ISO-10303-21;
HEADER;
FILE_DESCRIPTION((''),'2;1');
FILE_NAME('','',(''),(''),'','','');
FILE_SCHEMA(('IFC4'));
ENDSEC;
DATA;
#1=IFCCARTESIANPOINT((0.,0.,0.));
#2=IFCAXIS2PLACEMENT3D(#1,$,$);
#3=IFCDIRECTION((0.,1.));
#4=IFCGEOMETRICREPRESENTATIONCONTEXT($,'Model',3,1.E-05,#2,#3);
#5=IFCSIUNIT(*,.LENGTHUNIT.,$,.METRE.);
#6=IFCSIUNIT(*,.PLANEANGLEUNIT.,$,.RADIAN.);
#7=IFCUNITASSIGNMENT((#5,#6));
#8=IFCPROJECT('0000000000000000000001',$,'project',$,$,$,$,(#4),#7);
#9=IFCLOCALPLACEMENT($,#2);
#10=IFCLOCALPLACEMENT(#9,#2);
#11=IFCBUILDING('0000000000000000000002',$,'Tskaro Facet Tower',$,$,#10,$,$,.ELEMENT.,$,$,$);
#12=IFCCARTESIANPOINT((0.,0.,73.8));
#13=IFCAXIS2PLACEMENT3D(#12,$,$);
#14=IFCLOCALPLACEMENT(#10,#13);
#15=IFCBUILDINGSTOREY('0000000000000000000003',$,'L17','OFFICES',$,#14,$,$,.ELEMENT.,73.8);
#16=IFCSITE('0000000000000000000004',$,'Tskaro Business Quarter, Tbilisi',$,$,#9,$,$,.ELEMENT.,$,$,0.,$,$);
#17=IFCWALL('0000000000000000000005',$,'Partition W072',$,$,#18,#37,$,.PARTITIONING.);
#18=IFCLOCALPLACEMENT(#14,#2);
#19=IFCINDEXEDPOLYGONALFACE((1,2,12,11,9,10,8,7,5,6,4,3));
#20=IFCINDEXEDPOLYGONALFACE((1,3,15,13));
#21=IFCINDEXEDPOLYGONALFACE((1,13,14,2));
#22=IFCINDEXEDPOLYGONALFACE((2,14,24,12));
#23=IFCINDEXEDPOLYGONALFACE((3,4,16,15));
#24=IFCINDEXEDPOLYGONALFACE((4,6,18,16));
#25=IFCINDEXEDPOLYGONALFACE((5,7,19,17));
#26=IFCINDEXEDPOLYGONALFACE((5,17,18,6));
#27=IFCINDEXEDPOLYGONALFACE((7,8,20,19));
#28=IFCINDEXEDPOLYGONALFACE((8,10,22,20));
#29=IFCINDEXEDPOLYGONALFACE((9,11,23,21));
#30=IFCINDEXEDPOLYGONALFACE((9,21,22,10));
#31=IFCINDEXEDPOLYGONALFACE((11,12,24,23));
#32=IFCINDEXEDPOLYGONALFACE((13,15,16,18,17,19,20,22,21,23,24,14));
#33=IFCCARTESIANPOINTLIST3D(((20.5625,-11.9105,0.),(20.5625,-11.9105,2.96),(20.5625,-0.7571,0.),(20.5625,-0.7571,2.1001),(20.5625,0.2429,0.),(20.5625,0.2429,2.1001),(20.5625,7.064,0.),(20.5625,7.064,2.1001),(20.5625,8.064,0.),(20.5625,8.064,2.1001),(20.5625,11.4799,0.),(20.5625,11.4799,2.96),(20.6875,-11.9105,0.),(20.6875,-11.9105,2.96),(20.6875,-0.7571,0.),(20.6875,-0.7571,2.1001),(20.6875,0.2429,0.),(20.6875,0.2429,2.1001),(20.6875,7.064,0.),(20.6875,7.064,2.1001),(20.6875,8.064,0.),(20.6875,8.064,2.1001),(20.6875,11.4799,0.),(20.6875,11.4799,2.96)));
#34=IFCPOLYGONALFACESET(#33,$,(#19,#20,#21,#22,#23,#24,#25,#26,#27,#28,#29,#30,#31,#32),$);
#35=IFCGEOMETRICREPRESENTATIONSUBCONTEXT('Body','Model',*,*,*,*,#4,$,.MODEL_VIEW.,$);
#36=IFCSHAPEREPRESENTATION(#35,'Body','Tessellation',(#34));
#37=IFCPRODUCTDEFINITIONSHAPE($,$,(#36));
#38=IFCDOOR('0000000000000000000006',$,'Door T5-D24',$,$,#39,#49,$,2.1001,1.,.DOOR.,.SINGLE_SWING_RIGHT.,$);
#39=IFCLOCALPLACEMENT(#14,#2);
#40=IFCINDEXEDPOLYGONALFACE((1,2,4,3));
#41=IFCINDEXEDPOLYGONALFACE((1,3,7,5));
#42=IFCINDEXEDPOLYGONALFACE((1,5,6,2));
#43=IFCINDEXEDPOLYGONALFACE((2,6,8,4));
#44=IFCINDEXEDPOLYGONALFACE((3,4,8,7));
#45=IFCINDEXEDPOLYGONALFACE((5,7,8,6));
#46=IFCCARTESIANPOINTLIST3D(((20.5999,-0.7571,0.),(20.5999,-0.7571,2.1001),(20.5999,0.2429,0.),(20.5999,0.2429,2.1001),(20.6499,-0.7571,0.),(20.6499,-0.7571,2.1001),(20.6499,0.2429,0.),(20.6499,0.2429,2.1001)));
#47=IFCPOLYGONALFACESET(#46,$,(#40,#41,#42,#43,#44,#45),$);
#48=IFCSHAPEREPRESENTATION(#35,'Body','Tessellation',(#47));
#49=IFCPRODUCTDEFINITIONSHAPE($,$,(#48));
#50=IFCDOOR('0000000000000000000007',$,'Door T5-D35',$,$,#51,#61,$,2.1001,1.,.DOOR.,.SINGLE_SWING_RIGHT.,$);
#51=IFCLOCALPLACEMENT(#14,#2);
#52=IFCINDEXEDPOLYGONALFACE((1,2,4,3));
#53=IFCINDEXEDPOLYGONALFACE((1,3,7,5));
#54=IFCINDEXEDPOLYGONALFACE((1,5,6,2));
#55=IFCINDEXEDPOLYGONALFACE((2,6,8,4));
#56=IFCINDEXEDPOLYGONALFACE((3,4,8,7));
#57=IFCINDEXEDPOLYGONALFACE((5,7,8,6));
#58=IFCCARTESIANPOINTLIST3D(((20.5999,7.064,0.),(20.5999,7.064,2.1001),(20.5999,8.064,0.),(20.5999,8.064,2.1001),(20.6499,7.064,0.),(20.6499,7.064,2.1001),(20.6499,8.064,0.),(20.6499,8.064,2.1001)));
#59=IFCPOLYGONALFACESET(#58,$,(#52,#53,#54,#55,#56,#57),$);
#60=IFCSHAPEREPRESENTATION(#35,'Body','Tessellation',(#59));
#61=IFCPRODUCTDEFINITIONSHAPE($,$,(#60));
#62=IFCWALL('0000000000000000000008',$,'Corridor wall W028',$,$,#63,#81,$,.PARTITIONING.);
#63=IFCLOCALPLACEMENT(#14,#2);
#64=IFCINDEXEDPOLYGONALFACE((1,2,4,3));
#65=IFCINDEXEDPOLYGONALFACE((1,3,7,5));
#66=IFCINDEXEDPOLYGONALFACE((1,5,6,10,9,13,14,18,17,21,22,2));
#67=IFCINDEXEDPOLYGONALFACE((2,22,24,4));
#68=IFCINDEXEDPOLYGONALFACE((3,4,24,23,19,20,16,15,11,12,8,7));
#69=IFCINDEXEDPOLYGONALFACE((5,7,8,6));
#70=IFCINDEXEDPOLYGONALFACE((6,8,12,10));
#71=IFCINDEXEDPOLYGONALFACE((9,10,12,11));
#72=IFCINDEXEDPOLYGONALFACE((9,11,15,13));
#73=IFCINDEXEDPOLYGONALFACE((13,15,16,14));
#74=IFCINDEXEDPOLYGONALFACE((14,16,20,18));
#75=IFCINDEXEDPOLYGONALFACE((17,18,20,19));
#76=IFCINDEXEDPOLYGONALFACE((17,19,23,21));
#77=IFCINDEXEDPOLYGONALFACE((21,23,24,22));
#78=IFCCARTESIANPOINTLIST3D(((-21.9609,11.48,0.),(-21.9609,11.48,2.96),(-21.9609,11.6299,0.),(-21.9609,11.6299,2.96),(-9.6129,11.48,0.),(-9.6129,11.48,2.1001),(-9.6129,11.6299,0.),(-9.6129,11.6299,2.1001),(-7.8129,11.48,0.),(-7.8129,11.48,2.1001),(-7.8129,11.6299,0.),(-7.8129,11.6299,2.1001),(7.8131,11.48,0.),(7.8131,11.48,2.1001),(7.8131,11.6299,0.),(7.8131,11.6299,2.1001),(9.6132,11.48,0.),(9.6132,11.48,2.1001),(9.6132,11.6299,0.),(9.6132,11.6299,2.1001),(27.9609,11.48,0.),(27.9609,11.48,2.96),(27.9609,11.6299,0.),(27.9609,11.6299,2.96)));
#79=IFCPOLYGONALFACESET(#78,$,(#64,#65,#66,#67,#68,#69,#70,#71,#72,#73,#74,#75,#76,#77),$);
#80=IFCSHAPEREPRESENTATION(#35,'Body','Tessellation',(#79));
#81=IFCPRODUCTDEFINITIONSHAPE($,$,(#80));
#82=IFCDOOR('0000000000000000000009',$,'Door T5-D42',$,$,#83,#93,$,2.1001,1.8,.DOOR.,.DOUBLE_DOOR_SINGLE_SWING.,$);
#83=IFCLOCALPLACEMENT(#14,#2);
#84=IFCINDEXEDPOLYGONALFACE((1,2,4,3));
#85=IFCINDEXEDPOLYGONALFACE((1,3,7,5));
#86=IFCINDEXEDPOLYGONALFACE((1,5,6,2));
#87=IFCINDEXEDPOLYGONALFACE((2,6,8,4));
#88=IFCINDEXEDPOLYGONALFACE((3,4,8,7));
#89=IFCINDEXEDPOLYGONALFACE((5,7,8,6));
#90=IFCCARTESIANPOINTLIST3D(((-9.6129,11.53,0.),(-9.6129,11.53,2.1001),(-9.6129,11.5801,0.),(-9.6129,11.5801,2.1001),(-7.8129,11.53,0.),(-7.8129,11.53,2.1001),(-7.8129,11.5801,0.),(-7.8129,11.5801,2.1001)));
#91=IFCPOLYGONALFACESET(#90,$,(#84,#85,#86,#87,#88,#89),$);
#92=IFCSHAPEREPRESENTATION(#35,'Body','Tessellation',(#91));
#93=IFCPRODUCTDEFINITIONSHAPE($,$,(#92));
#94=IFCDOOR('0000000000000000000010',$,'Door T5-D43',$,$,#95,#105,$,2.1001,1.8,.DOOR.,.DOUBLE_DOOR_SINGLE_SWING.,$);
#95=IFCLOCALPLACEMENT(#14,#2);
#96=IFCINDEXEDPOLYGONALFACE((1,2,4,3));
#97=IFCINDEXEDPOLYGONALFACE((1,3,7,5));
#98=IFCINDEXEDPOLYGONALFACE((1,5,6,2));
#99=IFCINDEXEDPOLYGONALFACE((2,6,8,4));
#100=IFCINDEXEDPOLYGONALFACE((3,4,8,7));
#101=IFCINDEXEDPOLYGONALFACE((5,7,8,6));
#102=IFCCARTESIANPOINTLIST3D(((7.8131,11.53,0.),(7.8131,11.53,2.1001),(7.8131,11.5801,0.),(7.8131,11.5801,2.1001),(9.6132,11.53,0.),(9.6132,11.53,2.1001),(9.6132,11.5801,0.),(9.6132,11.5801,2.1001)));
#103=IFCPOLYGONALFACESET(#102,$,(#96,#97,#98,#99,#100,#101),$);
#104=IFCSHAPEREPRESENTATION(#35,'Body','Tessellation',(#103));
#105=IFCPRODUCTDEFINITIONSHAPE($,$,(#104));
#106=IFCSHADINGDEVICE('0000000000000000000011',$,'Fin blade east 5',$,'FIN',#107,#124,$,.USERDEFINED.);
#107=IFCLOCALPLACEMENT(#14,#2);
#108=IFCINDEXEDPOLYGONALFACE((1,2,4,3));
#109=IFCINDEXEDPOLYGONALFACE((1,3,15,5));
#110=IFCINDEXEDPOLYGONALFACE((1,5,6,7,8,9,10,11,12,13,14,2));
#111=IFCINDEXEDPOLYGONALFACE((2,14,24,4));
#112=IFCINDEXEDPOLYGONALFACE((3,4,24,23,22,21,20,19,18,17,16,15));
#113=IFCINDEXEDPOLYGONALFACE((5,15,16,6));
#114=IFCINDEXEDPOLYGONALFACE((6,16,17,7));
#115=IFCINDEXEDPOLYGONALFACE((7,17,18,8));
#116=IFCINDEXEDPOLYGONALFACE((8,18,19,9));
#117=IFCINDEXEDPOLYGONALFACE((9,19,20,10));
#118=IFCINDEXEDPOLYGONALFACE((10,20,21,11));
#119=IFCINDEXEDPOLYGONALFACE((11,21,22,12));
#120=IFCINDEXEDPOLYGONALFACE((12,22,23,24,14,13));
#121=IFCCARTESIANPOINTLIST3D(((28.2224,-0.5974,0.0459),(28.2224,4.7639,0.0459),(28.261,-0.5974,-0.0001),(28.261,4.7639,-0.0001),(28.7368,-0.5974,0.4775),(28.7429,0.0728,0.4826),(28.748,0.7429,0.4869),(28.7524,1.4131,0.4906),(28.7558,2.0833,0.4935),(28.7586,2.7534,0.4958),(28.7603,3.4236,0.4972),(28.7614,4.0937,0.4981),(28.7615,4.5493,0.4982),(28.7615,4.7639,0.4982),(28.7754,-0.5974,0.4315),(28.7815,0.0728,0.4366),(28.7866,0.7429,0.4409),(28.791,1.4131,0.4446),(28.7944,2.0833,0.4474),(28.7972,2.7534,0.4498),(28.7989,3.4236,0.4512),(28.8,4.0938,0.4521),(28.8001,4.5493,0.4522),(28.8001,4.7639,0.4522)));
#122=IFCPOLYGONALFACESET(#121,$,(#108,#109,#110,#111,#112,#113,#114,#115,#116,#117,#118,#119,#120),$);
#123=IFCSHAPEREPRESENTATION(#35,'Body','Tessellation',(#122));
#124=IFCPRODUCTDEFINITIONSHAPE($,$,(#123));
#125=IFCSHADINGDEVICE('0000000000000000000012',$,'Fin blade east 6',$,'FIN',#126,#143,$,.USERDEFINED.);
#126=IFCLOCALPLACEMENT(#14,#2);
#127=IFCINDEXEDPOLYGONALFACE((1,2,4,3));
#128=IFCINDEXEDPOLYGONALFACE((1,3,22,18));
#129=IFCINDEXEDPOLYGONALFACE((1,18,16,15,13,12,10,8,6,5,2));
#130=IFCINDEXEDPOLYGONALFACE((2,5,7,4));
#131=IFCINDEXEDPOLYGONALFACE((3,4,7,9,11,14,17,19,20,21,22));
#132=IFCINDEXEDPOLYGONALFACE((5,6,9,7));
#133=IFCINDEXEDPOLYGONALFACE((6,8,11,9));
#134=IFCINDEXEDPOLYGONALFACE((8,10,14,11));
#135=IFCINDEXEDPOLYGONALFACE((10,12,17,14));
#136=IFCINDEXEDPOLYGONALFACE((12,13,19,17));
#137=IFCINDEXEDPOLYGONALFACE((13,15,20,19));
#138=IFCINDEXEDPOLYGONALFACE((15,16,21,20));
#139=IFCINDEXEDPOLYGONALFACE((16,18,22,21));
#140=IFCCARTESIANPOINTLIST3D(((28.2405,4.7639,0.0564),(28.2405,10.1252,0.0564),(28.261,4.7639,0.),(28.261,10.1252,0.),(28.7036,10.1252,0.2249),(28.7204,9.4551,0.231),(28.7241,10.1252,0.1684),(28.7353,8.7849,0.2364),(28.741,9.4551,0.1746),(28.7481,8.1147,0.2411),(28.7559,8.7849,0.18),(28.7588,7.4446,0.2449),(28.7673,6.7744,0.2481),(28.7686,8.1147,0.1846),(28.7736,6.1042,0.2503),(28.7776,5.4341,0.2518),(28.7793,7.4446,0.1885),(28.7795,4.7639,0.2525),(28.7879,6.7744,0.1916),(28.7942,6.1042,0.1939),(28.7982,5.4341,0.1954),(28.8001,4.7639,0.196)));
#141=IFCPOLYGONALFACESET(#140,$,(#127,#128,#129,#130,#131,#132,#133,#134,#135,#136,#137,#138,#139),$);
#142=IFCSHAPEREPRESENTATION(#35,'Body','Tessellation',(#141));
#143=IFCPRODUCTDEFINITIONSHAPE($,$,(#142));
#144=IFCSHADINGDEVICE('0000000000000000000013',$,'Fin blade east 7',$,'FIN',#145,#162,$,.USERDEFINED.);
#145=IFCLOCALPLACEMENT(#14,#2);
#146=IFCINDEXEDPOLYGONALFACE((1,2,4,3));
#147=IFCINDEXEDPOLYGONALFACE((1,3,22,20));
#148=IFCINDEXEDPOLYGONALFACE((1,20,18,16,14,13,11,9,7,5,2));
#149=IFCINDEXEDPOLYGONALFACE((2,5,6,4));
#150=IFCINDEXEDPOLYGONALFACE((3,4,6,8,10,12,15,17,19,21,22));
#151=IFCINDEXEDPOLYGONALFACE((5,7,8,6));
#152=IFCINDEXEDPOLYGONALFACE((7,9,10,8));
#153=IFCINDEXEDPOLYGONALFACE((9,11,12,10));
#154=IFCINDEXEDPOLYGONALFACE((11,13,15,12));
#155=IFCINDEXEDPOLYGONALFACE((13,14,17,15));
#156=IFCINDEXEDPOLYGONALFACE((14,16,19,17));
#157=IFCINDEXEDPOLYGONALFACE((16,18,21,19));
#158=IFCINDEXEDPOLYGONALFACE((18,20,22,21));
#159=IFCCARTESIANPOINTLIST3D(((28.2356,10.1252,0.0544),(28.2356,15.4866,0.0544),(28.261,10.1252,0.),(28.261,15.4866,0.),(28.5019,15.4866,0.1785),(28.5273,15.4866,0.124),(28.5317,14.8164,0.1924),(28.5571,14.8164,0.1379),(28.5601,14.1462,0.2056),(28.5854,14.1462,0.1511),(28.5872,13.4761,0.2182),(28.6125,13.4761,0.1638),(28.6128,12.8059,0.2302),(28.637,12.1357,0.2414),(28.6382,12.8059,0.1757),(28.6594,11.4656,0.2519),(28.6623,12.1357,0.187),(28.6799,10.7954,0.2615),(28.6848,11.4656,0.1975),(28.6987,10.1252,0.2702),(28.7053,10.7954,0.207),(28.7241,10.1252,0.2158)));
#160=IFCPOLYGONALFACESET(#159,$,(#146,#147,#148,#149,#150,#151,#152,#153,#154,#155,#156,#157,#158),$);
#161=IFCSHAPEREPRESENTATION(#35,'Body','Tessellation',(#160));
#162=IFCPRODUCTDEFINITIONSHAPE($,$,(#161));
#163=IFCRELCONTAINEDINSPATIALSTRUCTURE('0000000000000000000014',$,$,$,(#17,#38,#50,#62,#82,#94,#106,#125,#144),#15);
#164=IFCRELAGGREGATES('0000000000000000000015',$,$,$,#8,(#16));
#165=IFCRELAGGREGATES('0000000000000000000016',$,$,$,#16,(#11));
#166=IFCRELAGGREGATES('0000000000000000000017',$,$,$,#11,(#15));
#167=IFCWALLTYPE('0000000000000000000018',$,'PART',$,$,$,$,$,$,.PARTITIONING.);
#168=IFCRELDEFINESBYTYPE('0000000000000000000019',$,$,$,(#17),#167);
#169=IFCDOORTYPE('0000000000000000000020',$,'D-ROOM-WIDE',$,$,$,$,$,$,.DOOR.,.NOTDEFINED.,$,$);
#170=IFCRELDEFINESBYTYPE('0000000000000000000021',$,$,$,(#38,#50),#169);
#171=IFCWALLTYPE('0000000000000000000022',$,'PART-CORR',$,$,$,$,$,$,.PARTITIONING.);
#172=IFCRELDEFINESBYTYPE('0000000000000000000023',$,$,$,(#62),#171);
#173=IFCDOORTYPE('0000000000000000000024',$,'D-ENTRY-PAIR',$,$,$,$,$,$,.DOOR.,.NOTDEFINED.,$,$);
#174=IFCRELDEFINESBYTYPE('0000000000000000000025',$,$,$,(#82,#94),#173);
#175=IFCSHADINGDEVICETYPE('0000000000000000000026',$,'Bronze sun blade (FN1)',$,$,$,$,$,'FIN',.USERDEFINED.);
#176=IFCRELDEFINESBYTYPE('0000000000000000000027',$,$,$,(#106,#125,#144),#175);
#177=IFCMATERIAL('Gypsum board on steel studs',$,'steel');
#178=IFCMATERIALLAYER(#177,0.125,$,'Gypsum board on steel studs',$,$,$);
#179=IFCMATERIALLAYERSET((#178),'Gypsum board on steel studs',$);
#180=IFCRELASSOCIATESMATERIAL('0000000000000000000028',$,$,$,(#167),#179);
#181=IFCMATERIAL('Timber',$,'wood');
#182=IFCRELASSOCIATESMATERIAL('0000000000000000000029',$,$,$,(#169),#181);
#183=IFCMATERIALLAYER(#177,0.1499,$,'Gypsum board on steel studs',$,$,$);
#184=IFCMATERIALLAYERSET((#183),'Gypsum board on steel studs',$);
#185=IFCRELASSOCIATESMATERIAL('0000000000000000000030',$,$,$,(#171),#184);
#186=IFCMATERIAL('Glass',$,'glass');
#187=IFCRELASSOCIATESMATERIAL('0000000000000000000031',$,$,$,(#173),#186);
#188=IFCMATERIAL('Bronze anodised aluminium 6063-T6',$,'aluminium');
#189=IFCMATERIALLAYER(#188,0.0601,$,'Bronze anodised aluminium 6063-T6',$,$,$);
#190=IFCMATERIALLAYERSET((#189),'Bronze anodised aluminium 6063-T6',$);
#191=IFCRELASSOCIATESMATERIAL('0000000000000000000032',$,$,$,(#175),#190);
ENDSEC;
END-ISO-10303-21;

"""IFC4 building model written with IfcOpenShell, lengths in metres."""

from ifc_helpers import new_model, si_unit, direction, frame, frame_2d, origin, place, context, subcontext, project, spatial, polyline, rectangle, outline, extrude, material, layer, layer_set, type_object, element, fill, save


model = new_model("IFC4")

# Units and contexts
model_context = context("Model", 3, precision=1e-05, world=origin(), true_north=direction((0.0, 1.0)))
body_context = subcontext(model_context, "Body", "Model", "MODEL_VIEW")
ifc_project = project(units=[si_unit("LENGTHUNIT", "METRE"), si_unit("PLANEANGLEUNIT", "RADIAN")], contexts=[model_context])

# Site, building, storey
site_placement = place(None, origin())
site = spatial("IfcSite", under=ifc_project, at=site_placement, Name="Tskaro Business Quarter, Tbilisi", CompositionType="ELEMENT", RefElevation=0.0)
building_placement = place(site_placement, origin())
building = spatial("IfcBuilding", under=site, at=building_placement, Name="Tskaro Facet Tower", CompositionType="ELEMENT")
storey_placement = place(building_placement, frame((0.0, 0.0, 73.8)))
storey = spatial("IfcBuildingStorey", under=building, at=storey_placement, Name="L17", Description="OFFICES", CompositionType="ELEMENT", Elevation=73.8)

# Shared definitions
ifc_material_1 = material(Name="Bronze anodised aluminium 6063-T6", Category="aluminium")

# Shared definitions
ifc_material_2 = material(Name="Gypsum board on steel studs", Category="steel")
ifc_layer_1 = layer(ifc_material_2, 0.125, Name="Gypsum board on steel studs")
ifc_layer_set_1 = layer_set([ifc_layer_1], Name="Gypsum board on steel studs")
wall_type_1 = type_object("IfcWallType", Name="PART", PredefinedType="PARTITIONING", material=ifc_layer_set_1)

# Walls, openings, doors
wall_1_placement = place(storey_placement, frame((20.625, 11.48, 0.0), z_axis=(0.0, 0.0, 1.0), x_axis=(0.0, -1.0, 0.0)))
wall_1 = element("IfcWall", 1, at=wall_1_placement, inside=storey, type_object=wall_type_1, Name="Partition W072", PredefinedType="PARTITIONING", context=body_context, shape_type="SweptSolid", body=[
    extrude(rectangle(XDim=23.3904, YDim=0.125, at=frame_2d((11.6953, 0.0))), origin(), (0.0, 0.0, 1.0), 2.96),
])
opening_1_placement = place(wall_1_placement, frame((11.2371, 0.0, 0.0)))
opening_1 = element("IfcOpeningElement", 2, at=opening_1_placement, cuts=wall_1, PredefinedType="OPENING", context=body_context, shape_type="SweptSolid", body=[
    extrude(rectangle(XDim=1.0, YDim=2.1001, at=frame_2d((0.5, 1.05))), frame((0.0, 0.0725, 0.0), z_axis=(0.0, -1.0, 0.0), x_axis=(1.0, 0.0, 0.0)), (0.0, 0.0, 1.0), 0.145),
])
opening_2_placement = place(wall_1_placement, frame((3.416, 0.0, 0.0)))
opening_2 = element("IfcOpeningElement", 3, at=opening_2_placement, cuts=wall_1, PredefinedType="OPENING", context=body_context, shape_type="SweptSolid", body=[
    extrude(rectangle(XDim=1.0, YDim=2.1001, at=frame_2d((0.5, 1.05))), frame((0.0, 0.0725, 0.0), z_axis=(0.0, -1.0, 0.0), x_axis=(1.0, 0.0, 0.0)), (0.0, 0.0, 1.0), 0.145),
])
ifc_material_3 = material(Name="Timber", Category="wood")
door_type_1 = type_object("IfcDoorType", Name="D-ROOM-WIDE", OperationType="NOTDEFINED", PredefinedType="DOOR", material=ifc_material_3)
door_1_placement = place(opening_1_placement, origin())
door_1 = element("IfcDoor", 4, at=door_1_placement, inside=storey, type_object=door_type_1, Name="Door T5-D24", OperationType="SINGLE_SWING_RIGHT", OverallHeight=2.1001, OverallWidth=1.0, PredefinedType="DOOR", context=body_context, shape_type="SweptSolid", body=[
    extrude(rectangle(XDim=1.0, YDim=2.1001, at=frame_2d((0.5, 1.05))), frame((0.0, 0.0249, 0.0), z_axis=(0.0, -1.0, 0.0), x_axis=(1.0, 0.0, 0.0)), (0.0, 0.0, 1.0), 0.05),
])
fill(opening_1, door_1)
door_2_placement = place(opening_2_placement, origin())
door_2 = element("IfcDoor", 5, at=door_2_placement, inside=storey, type_object=door_type_1, Name="Door T5-D35", OperationType="SINGLE_SWING_RIGHT", OverallHeight=2.1001, OverallWidth=1.0, PredefinedType="DOOR", context=body_context, shape_type="SweptSolid", body=[
    extrude(rectangle(XDim=1.0, YDim=2.1001, at=frame_2d((0.5, 1.05))), frame((0.0, 0.0249, 0.0), z_axis=(0.0, -1.0, 0.0), x_axis=(1.0, 0.0, 0.0)), (0.0, 0.0, 1.0), 0.05),
])
fill(opening_2, door_2)
ifc_layer_2 = layer(ifc_material_2, 0.1499, Name="Gypsum board on steel studs")
ifc_layer_set_2 = layer_set([ifc_layer_2], Name="Gypsum board on steel studs")
wall_type_2 = type_object("IfcWallType", Name="PART-CORR", PredefinedType="PARTITIONING", material=ifc_layer_set_2)
wall_2_placement = place(storey_placement, frame((27.9609, 11.5549, 0.0), z_axis=(0.0, 0.0, 1.0), x_axis=(-1.0, 0.0, 0.0)))
wall_2 = element("IfcWall", 6, at=wall_2_placement, inside=storey, type_object=wall_type_2, Name="Corridor wall W028", PredefinedType="PARTITIONING", context=body_context, shape_type="SweptSolid", body=[
    extrude(rectangle(XDim=49.9219, YDim=0.1499, at=frame_2d((24.9609, 0.0))), origin(), (0.0, 0.0, 1.0), 2.96),
])
opening_3_placement = place(wall_2_placement, frame((35.7739, 0.0, 0.0)))
opening_3 = element("IfcOpeningElement", 7, at=opening_3_placement, cuts=wall_2, PredefinedType="OPENING", context=body_context, shape_type="SweptSolid", body=[
    extrude(rectangle(XDim=1.8, YDim=2.1001, at=frame_2d((0.8999, 1.05))), frame((0.0, 0.085, 0.0), z_axis=(0.0, -1.0, 0.0), x_axis=(1.0, 0.0, 0.0)), (0.0, 0.0, 1.0), 0.1699),
])
opening_4_placement = place(wall_2_placement, frame((18.3479, 0.0, 0.0)))
opening_4 = element("IfcOpeningElement", 8, at=opening_4_placement, cuts=wall_2, PredefinedType="OPENING", context=body_context, shape_type="SweptSolid", body=[
    extrude(rectangle(XDim=1.8, YDim=2.1001, at=frame_2d((0.8999, 1.05))), frame((0.0, 0.085, 0.0), z_axis=(0.0, -1.0, 0.0), x_axis=(1.0, 0.0, 0.0)), (0.0, 0.0, 1.0), 0.1699),
])
ifc_material_4 = material(Name="Glass", Category="glass")
door_type_2 = type_object("IfcDoorType", Name="D-ENTRY-PAIR", OperationType="NOTDEFINED", PredefinedType="DOOR", material=ifc_material_4)
door_3_placement = place(opening_3_placement, origin())
door_3 = element("IfcDoor", 9, at=door_3_placement, inside=storey, type_object=door_type_2, Name="Door T5-D42", OperationType="DOUBLE_DOOR_SINGLE_SWING", OverallHeight=2.1001, OverallWidth=1.8, PredefinedType="DOOR", context=body_context, shape_type="SweptSolid", body=[
    extrude(rectangle(XDim=1.8, YDim=2.1001, at=frame_2d((0.8999, 1.05))), frame((0.0, 0.0249, 0.0), z_axis=(0.0, -1.0, 0.0), x_axis=(1.0, 0.0, 0.0)), (0.0, 0.0, 1.0), 0.05),
])
fill(opening_3, door_3)
door_4_placement = place(opening_4_placement, origin())
door_4 = element("IfcDoor", 10, at=door_4_placement, inside=storey, type_object=door_type_2, Name="Door T5-D43", OperationType="DOUBLE_DOOR_SINGLE_SWING", OverallHeight=2.1001, OverallWidth=1.8, PredefinedType="DOOR", context=body_context, shape_type="SweptSolid", body=[
    extrude(rectangle(XDim=1.8, YDim=2.1001, at=frame_2d((0.8999, 1.05))), frame((0.0, 0.0249, 0.0), z_axis=(0.0, -1.0, 0.0), x_axis=(1.0, 0.0, 0.0)), (0.0, 0.0, 1.0), 0.05),
])
fill(opening_4, door_4)

# Shading devices
ifc_layer_3 = layer(ifc_material_1, 0.0601, Name="Bronze anodised aluminium 6063-T6")
ifc_layer_set_3 = layer_set([ifc_layer_3], Name="Bronze anodised aluminium 6063-T6")
shading_device_type = type_object("IfcShadingDeviceType", Name="Bronze sun blade (FN1)", ElementType="FIN", PredefinedType="USERDEFINED", material=ifc_layer_set_3)
shading_device_1_placement = place(storey_placement, frame((28.2224, -0.5974, 0.0459), z_axis=(-0.642754, -0.000005, 0.766072), x_axis=(-0.000003, 1.0, 0.000004)))
element("IfcShadingDevice", 11, at=shading_device_1_placement, inside=storey, type_object=shading_device_type, Name="Fin blade east 5", ObjectType="FIN", PredefinedType="USERDEFINED", context=body_context, shape_type="SweptSolid", body=[
    extrude(outline(polyline([(0.0, 0.0), (5.3613, 0.0), (5.3613, -0.7037), (5.1467, -0.7037), (4.6912, -0.7036), (4.021, -0.7022), (3.3508, -0.6999), (2.6807, -0.6963), (2.0105, -0.6918), (1.3403, -0.6861), (0.6702, -0.6795), (0.0, -0.6715), (0.0, 0.0)])), origin(), (0.0, 0.0, -1.0), 0.0601),
])
shading_device_2_placement = place(storey_placement, frame((28.2405, 4.7639, 0.0564), z_axis=(-0.341853, -0.000003, 0.939753), x_axis=(-0.000001, 1.0, 0.000003)))
element("IfcShadingDevice", 12, at=shading_device_2_placement, inside=storey, type_object=shading_device_type, Name="Fin blade east 6", ObjectType="FIN", PredefinedType="USERDEFINED", context=body_context, shape_type="SweptSolid", body=[
    extrude(outline(polyline([(0.0, 0.0), (5.3613, 0.0), (5.3613, -0.4928), (4.6912, -0.5107), (4.021, -0.5266), (3.3508, -0.5402), (2.6807, -0.5515), (2.0105, -0.5606), (1.3403, -0.5673), (0.6702, -0.5716), (0.0, -0.5736), (0.0, 0.0)])), origin(), (0.0, 0.0, -1.0), 0.0601),
])
shading_device_3_placement = place(storey_placement, frame((28.2356, 10.1252, 0.0544), z_axis=(-0.422329, 0.000009, 0.906443), x_axis=(0.000004, 1.0, -0.000008)))
element("IfcShadingDevice", 13, at=shading_device_3_placement, inside=storey, type_object=shading_device_type, Name="Fin blade east 7", ObjectType="FIN", PredefinedType="USERDEFINED", context=body_context, shape_type="SweptSolid", body=[
    extrude(outline(polyline([(0.0, 0.0), (5.3613, 0.0), (5.3613, -0.2938), (4.6912, -0.3267), (4.021, -0.3579), (3.3508, -0.3879), (2.6807, -0.4161), (2.0105, -0.4428), (1.3403, -0.4676), (0.6702, -0.4902), (0.0, -0.511), (0.0, 0.0)])), origin(), (0.0, 0.0, -1.0), 0.0601),
])

save(model, "model.ifc")
